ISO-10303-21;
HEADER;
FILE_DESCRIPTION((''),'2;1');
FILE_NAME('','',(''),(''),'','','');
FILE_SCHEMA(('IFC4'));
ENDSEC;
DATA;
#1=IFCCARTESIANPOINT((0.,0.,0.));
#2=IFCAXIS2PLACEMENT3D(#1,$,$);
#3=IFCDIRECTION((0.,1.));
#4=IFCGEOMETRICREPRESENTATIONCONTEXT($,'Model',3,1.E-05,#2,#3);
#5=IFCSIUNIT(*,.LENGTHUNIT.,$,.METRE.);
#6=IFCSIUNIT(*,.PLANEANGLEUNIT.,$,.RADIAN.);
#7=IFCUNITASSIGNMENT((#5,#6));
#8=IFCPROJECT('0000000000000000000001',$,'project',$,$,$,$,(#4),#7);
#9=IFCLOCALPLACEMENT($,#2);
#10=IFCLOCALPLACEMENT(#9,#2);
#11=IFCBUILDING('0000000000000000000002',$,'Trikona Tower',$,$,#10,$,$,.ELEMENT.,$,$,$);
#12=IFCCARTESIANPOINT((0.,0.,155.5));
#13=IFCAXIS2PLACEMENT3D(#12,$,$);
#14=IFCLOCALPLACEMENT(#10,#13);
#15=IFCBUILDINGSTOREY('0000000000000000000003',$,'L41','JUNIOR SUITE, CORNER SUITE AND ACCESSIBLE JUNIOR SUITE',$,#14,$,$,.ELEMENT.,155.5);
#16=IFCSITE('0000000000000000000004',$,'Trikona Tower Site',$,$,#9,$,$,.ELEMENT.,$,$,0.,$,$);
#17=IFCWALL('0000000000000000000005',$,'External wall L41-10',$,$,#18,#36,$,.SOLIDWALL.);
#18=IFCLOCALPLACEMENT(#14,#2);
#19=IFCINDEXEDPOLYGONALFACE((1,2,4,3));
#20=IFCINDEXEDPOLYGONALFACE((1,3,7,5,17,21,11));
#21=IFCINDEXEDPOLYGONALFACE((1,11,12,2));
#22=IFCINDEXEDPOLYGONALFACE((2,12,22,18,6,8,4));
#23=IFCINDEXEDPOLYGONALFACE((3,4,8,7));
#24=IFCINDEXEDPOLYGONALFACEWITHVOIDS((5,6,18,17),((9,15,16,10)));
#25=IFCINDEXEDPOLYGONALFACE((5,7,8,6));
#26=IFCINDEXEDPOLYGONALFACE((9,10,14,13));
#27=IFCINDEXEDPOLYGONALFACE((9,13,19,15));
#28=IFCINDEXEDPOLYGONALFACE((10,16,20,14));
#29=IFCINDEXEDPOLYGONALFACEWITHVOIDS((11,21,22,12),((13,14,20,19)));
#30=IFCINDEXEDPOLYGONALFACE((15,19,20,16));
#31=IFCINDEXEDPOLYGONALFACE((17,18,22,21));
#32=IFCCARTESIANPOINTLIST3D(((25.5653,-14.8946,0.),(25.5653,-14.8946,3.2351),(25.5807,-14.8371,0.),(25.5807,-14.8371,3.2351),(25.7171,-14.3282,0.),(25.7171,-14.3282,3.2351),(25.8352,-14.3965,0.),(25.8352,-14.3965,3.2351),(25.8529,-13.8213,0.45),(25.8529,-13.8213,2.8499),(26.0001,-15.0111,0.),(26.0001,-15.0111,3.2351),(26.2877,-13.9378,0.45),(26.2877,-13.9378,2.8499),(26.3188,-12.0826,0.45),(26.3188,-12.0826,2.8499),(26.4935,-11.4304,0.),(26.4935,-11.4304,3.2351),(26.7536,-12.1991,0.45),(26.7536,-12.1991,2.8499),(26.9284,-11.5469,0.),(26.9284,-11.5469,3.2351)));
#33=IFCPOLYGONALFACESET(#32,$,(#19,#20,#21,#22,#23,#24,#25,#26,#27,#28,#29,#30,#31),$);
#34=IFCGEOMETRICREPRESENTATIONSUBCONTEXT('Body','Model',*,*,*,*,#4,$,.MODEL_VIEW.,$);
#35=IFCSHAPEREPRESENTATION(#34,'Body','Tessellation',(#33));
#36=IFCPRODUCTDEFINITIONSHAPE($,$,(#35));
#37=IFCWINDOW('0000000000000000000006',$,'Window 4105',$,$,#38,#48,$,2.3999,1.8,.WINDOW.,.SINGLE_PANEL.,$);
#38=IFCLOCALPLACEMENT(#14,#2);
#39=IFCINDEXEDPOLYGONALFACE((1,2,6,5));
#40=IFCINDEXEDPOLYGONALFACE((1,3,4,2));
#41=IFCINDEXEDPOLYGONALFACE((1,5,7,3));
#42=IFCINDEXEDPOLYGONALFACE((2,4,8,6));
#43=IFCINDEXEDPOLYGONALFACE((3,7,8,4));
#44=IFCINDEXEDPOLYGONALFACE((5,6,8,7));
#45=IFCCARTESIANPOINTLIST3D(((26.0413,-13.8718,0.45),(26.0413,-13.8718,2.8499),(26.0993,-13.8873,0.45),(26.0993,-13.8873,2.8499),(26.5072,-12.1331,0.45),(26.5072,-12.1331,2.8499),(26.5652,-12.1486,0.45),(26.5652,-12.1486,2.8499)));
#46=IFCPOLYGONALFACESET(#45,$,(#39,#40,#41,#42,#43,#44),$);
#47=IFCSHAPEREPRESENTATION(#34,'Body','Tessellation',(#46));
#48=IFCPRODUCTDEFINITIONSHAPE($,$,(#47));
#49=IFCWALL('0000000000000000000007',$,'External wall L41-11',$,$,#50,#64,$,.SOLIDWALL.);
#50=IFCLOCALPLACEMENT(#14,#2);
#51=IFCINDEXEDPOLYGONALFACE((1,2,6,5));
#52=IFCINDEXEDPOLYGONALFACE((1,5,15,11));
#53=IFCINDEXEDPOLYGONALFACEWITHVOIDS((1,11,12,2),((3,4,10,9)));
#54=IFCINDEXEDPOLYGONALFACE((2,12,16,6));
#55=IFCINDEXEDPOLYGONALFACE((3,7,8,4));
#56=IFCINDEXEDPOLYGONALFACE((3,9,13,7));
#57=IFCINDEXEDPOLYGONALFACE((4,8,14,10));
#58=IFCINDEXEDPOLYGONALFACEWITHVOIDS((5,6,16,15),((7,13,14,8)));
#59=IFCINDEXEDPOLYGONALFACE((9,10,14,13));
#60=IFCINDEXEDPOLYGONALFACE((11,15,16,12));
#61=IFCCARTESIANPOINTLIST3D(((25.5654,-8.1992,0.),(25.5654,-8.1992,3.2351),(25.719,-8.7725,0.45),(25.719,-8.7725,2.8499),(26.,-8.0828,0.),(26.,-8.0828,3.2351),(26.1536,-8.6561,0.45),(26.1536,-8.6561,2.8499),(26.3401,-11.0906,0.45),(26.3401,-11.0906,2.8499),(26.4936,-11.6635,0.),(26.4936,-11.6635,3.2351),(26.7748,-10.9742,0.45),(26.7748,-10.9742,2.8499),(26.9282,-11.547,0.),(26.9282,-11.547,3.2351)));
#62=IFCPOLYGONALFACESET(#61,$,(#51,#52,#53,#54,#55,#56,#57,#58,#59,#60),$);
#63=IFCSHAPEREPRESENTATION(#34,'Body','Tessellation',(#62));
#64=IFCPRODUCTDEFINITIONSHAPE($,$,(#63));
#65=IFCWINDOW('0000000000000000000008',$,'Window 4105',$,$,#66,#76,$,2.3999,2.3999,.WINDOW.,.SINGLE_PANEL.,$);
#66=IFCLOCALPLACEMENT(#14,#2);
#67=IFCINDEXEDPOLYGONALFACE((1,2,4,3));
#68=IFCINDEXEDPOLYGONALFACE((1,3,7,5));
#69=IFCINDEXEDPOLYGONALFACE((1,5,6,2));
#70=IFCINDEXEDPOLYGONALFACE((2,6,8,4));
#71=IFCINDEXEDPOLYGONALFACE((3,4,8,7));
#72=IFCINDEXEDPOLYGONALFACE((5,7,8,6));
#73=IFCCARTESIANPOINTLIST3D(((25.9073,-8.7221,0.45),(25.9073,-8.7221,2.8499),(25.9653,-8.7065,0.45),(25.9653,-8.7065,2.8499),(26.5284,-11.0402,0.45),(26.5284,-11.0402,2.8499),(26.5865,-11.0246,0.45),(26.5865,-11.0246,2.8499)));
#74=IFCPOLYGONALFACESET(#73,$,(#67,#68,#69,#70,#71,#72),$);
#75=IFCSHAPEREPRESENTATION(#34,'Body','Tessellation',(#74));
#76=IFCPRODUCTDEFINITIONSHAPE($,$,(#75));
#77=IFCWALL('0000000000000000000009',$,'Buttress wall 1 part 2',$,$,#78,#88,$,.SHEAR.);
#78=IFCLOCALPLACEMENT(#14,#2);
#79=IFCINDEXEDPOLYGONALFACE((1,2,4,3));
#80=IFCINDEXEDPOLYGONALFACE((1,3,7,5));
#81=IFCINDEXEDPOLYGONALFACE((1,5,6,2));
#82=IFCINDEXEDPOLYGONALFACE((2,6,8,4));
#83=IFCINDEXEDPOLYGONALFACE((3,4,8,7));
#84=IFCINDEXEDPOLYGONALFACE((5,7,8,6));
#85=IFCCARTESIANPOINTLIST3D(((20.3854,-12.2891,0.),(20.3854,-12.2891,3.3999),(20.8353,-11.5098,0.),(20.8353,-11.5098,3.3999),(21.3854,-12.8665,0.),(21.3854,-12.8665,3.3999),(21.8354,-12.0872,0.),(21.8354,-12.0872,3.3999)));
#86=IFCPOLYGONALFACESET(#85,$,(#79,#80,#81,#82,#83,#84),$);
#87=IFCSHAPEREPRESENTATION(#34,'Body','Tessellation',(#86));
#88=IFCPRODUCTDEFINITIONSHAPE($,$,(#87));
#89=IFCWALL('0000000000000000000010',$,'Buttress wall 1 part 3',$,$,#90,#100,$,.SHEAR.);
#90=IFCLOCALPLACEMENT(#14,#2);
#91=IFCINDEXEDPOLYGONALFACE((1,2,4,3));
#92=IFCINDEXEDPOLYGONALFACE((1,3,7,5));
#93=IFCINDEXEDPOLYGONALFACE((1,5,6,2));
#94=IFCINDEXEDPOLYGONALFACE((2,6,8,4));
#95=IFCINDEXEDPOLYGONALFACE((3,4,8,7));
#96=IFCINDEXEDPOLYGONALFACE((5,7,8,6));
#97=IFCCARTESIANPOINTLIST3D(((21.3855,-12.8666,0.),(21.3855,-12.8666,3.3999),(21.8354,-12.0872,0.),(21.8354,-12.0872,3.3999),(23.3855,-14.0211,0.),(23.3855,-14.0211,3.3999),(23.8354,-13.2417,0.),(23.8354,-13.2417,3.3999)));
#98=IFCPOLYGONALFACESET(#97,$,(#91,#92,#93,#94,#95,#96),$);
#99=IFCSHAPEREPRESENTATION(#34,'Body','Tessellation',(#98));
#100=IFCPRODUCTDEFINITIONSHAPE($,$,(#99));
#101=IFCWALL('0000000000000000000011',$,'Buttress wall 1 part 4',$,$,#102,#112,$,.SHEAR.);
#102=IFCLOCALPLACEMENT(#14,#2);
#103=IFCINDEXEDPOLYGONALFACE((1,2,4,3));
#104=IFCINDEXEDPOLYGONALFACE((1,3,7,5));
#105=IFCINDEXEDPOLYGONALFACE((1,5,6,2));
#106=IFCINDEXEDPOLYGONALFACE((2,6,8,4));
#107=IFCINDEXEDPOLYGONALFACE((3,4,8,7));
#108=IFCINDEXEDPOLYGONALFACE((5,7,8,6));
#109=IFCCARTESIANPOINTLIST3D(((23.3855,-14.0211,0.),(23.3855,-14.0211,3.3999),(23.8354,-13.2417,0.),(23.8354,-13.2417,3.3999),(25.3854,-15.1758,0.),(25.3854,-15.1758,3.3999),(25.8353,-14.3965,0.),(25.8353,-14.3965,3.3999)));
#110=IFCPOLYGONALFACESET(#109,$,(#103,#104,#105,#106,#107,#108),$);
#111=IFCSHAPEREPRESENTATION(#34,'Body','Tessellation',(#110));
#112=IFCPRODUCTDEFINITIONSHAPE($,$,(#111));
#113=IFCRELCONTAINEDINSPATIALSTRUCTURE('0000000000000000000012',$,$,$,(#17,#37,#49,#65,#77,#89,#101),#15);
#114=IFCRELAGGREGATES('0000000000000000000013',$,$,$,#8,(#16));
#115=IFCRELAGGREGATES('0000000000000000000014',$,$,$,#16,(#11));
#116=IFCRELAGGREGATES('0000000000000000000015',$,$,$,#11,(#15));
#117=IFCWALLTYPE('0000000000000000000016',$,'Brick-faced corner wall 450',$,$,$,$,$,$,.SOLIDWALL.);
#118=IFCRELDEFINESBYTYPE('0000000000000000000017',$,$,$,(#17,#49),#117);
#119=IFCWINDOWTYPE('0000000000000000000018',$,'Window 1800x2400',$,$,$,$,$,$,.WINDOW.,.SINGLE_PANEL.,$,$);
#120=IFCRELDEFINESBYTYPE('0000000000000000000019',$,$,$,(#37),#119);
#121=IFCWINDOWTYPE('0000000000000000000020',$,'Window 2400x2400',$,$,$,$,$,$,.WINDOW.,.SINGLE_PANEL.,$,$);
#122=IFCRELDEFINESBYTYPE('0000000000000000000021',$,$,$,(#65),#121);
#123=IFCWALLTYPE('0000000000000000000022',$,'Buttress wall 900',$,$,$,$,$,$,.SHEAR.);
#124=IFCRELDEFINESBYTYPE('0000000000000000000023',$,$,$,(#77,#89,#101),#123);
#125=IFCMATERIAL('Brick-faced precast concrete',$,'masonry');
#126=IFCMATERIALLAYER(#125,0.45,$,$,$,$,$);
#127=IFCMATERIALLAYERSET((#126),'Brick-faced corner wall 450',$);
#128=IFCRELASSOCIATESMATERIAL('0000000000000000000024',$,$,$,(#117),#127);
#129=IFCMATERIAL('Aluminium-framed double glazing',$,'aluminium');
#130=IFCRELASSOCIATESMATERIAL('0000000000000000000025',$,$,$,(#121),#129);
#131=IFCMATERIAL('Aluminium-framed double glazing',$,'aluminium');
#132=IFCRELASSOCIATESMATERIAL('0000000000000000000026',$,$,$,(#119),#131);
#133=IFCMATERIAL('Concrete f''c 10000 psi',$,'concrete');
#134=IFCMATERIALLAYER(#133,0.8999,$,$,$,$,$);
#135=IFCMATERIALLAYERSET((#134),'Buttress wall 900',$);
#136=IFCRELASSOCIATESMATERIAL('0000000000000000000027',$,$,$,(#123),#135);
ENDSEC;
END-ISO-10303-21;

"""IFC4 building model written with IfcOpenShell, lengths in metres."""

from ifc_helpers import new_model, si_unit, direction, frame, frame_2d, origin, place, context, subcontext, project, spatial, polyline, rectangle, outline, extrude, material, layer, layer_set, type_object, element, fill, save


model = new_model("IFC4")

# Units and contexts
model_context = context("Model", 3, precision=1e-05, world=origin(), true_north=direction((0.0, 1.0)))
body_context = subcontext(model_context, "Body", "Model", "MODEL_VIEW")
ifc_project = project(units=[si_unit("LENGTHUNIT", "METRE"), si_unit("PLANEANGLEUNIT", "RADIAN")], contexts=[model_context])

# Site, building, storey
site_placement = place(None, origin())
site = spatial("IfcSite", under=ifc_project, at=site_placement, Name="Trikona Tower Site", CompositionType="ELEMENT", RefElevation=0.0)
building_placement = place(site_placement, origin())
building = spatial("IfcBuilding", under=site, at=building_placement, Name="Trikona Tower", CompositionType="ELEMENT")
storey_placement = place(building_placement, frame((0.0, 0.0, 155.5)))
storey = spatial("IfcBuildingStorey", under=building, at=storey_placement, Name="L41", Description="JUNIOR SUITE, CORNER SUITE AND ACCESSIBLE JUNIOR SUITE", CompositionType="ELEMENT", Elevation=155.5)

# Walls, openings, windows
ifc_material_1 = material(Name="Brick-faced precast concrete", Category="masonry")
ifc_layer_1 = layer(ifc_material_1, 0.45)
ifc_layer_set_1 = layer_set([ifc_layer_1], Name="Brick-faced corner wall 450")
wall_type_1 = type_object("IfcWallType", Name="Brick-faced corner wall 450", PredefinedType="SOLIDWALL", material=ifc_layer_set_1)
ifc_material_2 = material(Name="Aluminium-framed double glazing", Category="aluminium")
window_type_1 = type_object("IfcWindowType", Name="Window 2400x2400", PartitioningType="SINGLE_PANEL", PredefinedType="WINDOW", material=ifc_material_2)
ifc_material_3 = material(Name="Aluminium-framed double glazing", Category="aluminium")
window_type_2 = type_object("IfcWindowType", Name="Window 1800x2400", PartitioningType="SINGLE_PANEL", PredefinedType="WINDOW", material=ifc_material_3)
wall_1_placement = place(storey_placement, frame((25.7827, -14.9529, 0.0), z_axis=(0.0, 0.0, 1.0), x_axis=(0.258823, 0.965925, 0.0)))
wall_1 = element("IfcWall", 1, at=wall_1_placement, inside=storey, type_object=wall_type_1, Name="External wall L41-10", PredefinedType="SOLIDWALL", context=body_context, shape_type="SweptSolid", body=[
    extrude(outline(polyline([(3.5864, 0.2251), (0.5864, 0.2251), (0.551, 0.0933), (0.0596, 0.2251), (0.0, 0.2251), (0.0, -0.2251), (3.5864, -0.2251), (3.5864, 0.2251)])), origin(), (0.0, 0.0, 1.0), 3.2351),
])
opening_1_placement = place(wall_1_placement, frame((1.1113, 0.0, 0.45)))
opening_1 = element("IfcOpeningElement", 2, at=opening_1_placement, cuts=wall_1, PredefinedType="OPENING", context=body_context, shape_type="SweptSolid", body=[
    extrude(rectangle(XDim=1.8, YDim=2.3999, at=frame_2d((0.8999, 1.2))), frame((0.0, 0.2349, 0.0), z_axis=(0.0, -1.0, 0.0), x_axis=(1.0, 0.0, 0.0)), (0.0, 0.0, 1.0), 0.47),
])
window_1_placement = place(opening_1_placement, origin())
window_1 = element("IfcWindow", 3, at=window_1_placement, inside=storey, type_object=window_type_2, Name="Window 4105", OverallHeight=2.3999, OverallWidth=1.8, PartitioningType="SINGLE_PANEL", PredefinedType="WINDOW", context=body_context, shape_type="SweptSolid", body=[
    extrude(rectangle(XDim=1.8, YDim=2.3999, at=frame_2d((0.8999, 1.2))), frame((0.0, 0.03, 0.0), z_axis=(0.0, -1.0, 0.0), x_axis=(1.0, 0.0, 0.0)), (0.0, 0.0, 1.0), 0.0601),
])
fill(opening_1, window_1)
wall_2_placement = place(storey_placement, frame((26.7109, -11.6052, 0.0), z_axis=(0.0, 0.0, 1.0), x_axis=(-0.258823, 0.965925, 0.0)))
wall_2 = element("IfcWall", 4, at=wall_2_placement, inside=storey, type_object=wall_type_1, Name="External wall L41-11", PredefinedType="SOLIDWALL", context=body_context, shape_type="SweptSolid", body=[
    extrude(rectangle(XDim=3.5864, YDim=0.45, at=frame_2d((1.7932, 0.0))), origin(), (0.0, 0.0, 1.0), 3.2351),
])
opening_2_placement = place(wall_2_placement, frame((0.593, 0.0, 0.45)))
opening_2 = element("IfcOpeningElement", 5, at=opening_2_placement, cuts=wall_2, PredefinedType="OPENING", context=body_context, shape_type="SweptSolid", body=[
    extrude(rectangle(XDim=2.3999, YDim=2.3999, at=frame_2d((1.2, 1.2))), frame((0.0, 0.2349, 0.0), z_axis=(0.0, -1.0, 0.0), x_axis=(1.0, 0.0, 0.0)), (0.0, 0.0, 1.0), 0.47),
])
window_2_placement = place(opening_2_placement, origin())
window_2 = element("IfcWindow", 6, at=window_2_placement, inside=storey, type_object=window_type_1, Name="Window 4105", OverallHeight=2.3999, OverallWidth=2.3999, PartitioningType="SINGLE_PANEL", PredefinedType="WINDOW", context=body_context, shape_type="SweptSolid", body=[
    extrude(rectangle(XDim=2.3999, YDim=2.3999, at=frame_2d((1.2, 1.2))), frame((0.0, 0.03, 0.0), z_axis=(0.0, -1.0, 0.0), x_axis=(1.0, 0.0, 0.0)), (0.0, 0.0, 1.0), 0.0601),
])
fill(opening_2, window_2)

# Walls
ifc_material_4 = material(Name="Concrete f'c 10000 psi", Category="concrete")
ifc_layer_2 = layer(ifc_material_4, 0.8999)
ifc_layer_set_2 = layer_set([ifc_layer_2], Name="Buttress wall 900")
wall_type_2 = type_object("IfcWallType", Name="Buttress wall 900", PredefinedType="SHEAR", material=ifc_layer_set_2)
wall_3_placement = place(storey_placement, frame((20.6104, -11.8994, 0.0), z_axis=(0.0, 0.0, 1.0), x_axis=(0.86601, -0.500027, 0.0)))
element("IfcWall", 7, at=wall_3_placement, inside=storey, type_object=wall_type_2, Name="Buttress wall 1 part 2", PredefinedType="SHEAR", context=body_context, shape_type="SweptSolid", body=[
    extrude(rectangle(XDim=1.1548, YDim=0.8999, at=frame_2d((0.5774, 0.0))), origin(), (0.0, 0.0, 1.0), 3.3999),
])
for number, where, z_axis, x_axis, name in (
    (8, (21.6104, -12.4768, 0.0), (0.0, 0.0, 1.0), (0.866055, -0.499948, 0.0), "Buttress wall 1 part 3"),
    (9, (23.6104, -13.6313, 0.0), (0.0, 0.0, 1.0), (0.86601, -0.500027, 0.0), "Buttress wall 1 part 4"),
):
    element("IfcWall", number, at=place(storey_placement, frame(where, z_axis=z_axis, x_axis=x_axis)), inside=storey, type_object=wall_type_2, Name=name, PredefinedType="SHEAR", context=body_context, shape_type="SweptSolid", body=[
        extrude(rectangle(XDim=2.3093, YDim=0.8999, at=frame_2d((1.1548, 0.0))), origin(), (0.0, 0.0, 1.0), 3.3999),
    ])

save(model, "model.ifc")
